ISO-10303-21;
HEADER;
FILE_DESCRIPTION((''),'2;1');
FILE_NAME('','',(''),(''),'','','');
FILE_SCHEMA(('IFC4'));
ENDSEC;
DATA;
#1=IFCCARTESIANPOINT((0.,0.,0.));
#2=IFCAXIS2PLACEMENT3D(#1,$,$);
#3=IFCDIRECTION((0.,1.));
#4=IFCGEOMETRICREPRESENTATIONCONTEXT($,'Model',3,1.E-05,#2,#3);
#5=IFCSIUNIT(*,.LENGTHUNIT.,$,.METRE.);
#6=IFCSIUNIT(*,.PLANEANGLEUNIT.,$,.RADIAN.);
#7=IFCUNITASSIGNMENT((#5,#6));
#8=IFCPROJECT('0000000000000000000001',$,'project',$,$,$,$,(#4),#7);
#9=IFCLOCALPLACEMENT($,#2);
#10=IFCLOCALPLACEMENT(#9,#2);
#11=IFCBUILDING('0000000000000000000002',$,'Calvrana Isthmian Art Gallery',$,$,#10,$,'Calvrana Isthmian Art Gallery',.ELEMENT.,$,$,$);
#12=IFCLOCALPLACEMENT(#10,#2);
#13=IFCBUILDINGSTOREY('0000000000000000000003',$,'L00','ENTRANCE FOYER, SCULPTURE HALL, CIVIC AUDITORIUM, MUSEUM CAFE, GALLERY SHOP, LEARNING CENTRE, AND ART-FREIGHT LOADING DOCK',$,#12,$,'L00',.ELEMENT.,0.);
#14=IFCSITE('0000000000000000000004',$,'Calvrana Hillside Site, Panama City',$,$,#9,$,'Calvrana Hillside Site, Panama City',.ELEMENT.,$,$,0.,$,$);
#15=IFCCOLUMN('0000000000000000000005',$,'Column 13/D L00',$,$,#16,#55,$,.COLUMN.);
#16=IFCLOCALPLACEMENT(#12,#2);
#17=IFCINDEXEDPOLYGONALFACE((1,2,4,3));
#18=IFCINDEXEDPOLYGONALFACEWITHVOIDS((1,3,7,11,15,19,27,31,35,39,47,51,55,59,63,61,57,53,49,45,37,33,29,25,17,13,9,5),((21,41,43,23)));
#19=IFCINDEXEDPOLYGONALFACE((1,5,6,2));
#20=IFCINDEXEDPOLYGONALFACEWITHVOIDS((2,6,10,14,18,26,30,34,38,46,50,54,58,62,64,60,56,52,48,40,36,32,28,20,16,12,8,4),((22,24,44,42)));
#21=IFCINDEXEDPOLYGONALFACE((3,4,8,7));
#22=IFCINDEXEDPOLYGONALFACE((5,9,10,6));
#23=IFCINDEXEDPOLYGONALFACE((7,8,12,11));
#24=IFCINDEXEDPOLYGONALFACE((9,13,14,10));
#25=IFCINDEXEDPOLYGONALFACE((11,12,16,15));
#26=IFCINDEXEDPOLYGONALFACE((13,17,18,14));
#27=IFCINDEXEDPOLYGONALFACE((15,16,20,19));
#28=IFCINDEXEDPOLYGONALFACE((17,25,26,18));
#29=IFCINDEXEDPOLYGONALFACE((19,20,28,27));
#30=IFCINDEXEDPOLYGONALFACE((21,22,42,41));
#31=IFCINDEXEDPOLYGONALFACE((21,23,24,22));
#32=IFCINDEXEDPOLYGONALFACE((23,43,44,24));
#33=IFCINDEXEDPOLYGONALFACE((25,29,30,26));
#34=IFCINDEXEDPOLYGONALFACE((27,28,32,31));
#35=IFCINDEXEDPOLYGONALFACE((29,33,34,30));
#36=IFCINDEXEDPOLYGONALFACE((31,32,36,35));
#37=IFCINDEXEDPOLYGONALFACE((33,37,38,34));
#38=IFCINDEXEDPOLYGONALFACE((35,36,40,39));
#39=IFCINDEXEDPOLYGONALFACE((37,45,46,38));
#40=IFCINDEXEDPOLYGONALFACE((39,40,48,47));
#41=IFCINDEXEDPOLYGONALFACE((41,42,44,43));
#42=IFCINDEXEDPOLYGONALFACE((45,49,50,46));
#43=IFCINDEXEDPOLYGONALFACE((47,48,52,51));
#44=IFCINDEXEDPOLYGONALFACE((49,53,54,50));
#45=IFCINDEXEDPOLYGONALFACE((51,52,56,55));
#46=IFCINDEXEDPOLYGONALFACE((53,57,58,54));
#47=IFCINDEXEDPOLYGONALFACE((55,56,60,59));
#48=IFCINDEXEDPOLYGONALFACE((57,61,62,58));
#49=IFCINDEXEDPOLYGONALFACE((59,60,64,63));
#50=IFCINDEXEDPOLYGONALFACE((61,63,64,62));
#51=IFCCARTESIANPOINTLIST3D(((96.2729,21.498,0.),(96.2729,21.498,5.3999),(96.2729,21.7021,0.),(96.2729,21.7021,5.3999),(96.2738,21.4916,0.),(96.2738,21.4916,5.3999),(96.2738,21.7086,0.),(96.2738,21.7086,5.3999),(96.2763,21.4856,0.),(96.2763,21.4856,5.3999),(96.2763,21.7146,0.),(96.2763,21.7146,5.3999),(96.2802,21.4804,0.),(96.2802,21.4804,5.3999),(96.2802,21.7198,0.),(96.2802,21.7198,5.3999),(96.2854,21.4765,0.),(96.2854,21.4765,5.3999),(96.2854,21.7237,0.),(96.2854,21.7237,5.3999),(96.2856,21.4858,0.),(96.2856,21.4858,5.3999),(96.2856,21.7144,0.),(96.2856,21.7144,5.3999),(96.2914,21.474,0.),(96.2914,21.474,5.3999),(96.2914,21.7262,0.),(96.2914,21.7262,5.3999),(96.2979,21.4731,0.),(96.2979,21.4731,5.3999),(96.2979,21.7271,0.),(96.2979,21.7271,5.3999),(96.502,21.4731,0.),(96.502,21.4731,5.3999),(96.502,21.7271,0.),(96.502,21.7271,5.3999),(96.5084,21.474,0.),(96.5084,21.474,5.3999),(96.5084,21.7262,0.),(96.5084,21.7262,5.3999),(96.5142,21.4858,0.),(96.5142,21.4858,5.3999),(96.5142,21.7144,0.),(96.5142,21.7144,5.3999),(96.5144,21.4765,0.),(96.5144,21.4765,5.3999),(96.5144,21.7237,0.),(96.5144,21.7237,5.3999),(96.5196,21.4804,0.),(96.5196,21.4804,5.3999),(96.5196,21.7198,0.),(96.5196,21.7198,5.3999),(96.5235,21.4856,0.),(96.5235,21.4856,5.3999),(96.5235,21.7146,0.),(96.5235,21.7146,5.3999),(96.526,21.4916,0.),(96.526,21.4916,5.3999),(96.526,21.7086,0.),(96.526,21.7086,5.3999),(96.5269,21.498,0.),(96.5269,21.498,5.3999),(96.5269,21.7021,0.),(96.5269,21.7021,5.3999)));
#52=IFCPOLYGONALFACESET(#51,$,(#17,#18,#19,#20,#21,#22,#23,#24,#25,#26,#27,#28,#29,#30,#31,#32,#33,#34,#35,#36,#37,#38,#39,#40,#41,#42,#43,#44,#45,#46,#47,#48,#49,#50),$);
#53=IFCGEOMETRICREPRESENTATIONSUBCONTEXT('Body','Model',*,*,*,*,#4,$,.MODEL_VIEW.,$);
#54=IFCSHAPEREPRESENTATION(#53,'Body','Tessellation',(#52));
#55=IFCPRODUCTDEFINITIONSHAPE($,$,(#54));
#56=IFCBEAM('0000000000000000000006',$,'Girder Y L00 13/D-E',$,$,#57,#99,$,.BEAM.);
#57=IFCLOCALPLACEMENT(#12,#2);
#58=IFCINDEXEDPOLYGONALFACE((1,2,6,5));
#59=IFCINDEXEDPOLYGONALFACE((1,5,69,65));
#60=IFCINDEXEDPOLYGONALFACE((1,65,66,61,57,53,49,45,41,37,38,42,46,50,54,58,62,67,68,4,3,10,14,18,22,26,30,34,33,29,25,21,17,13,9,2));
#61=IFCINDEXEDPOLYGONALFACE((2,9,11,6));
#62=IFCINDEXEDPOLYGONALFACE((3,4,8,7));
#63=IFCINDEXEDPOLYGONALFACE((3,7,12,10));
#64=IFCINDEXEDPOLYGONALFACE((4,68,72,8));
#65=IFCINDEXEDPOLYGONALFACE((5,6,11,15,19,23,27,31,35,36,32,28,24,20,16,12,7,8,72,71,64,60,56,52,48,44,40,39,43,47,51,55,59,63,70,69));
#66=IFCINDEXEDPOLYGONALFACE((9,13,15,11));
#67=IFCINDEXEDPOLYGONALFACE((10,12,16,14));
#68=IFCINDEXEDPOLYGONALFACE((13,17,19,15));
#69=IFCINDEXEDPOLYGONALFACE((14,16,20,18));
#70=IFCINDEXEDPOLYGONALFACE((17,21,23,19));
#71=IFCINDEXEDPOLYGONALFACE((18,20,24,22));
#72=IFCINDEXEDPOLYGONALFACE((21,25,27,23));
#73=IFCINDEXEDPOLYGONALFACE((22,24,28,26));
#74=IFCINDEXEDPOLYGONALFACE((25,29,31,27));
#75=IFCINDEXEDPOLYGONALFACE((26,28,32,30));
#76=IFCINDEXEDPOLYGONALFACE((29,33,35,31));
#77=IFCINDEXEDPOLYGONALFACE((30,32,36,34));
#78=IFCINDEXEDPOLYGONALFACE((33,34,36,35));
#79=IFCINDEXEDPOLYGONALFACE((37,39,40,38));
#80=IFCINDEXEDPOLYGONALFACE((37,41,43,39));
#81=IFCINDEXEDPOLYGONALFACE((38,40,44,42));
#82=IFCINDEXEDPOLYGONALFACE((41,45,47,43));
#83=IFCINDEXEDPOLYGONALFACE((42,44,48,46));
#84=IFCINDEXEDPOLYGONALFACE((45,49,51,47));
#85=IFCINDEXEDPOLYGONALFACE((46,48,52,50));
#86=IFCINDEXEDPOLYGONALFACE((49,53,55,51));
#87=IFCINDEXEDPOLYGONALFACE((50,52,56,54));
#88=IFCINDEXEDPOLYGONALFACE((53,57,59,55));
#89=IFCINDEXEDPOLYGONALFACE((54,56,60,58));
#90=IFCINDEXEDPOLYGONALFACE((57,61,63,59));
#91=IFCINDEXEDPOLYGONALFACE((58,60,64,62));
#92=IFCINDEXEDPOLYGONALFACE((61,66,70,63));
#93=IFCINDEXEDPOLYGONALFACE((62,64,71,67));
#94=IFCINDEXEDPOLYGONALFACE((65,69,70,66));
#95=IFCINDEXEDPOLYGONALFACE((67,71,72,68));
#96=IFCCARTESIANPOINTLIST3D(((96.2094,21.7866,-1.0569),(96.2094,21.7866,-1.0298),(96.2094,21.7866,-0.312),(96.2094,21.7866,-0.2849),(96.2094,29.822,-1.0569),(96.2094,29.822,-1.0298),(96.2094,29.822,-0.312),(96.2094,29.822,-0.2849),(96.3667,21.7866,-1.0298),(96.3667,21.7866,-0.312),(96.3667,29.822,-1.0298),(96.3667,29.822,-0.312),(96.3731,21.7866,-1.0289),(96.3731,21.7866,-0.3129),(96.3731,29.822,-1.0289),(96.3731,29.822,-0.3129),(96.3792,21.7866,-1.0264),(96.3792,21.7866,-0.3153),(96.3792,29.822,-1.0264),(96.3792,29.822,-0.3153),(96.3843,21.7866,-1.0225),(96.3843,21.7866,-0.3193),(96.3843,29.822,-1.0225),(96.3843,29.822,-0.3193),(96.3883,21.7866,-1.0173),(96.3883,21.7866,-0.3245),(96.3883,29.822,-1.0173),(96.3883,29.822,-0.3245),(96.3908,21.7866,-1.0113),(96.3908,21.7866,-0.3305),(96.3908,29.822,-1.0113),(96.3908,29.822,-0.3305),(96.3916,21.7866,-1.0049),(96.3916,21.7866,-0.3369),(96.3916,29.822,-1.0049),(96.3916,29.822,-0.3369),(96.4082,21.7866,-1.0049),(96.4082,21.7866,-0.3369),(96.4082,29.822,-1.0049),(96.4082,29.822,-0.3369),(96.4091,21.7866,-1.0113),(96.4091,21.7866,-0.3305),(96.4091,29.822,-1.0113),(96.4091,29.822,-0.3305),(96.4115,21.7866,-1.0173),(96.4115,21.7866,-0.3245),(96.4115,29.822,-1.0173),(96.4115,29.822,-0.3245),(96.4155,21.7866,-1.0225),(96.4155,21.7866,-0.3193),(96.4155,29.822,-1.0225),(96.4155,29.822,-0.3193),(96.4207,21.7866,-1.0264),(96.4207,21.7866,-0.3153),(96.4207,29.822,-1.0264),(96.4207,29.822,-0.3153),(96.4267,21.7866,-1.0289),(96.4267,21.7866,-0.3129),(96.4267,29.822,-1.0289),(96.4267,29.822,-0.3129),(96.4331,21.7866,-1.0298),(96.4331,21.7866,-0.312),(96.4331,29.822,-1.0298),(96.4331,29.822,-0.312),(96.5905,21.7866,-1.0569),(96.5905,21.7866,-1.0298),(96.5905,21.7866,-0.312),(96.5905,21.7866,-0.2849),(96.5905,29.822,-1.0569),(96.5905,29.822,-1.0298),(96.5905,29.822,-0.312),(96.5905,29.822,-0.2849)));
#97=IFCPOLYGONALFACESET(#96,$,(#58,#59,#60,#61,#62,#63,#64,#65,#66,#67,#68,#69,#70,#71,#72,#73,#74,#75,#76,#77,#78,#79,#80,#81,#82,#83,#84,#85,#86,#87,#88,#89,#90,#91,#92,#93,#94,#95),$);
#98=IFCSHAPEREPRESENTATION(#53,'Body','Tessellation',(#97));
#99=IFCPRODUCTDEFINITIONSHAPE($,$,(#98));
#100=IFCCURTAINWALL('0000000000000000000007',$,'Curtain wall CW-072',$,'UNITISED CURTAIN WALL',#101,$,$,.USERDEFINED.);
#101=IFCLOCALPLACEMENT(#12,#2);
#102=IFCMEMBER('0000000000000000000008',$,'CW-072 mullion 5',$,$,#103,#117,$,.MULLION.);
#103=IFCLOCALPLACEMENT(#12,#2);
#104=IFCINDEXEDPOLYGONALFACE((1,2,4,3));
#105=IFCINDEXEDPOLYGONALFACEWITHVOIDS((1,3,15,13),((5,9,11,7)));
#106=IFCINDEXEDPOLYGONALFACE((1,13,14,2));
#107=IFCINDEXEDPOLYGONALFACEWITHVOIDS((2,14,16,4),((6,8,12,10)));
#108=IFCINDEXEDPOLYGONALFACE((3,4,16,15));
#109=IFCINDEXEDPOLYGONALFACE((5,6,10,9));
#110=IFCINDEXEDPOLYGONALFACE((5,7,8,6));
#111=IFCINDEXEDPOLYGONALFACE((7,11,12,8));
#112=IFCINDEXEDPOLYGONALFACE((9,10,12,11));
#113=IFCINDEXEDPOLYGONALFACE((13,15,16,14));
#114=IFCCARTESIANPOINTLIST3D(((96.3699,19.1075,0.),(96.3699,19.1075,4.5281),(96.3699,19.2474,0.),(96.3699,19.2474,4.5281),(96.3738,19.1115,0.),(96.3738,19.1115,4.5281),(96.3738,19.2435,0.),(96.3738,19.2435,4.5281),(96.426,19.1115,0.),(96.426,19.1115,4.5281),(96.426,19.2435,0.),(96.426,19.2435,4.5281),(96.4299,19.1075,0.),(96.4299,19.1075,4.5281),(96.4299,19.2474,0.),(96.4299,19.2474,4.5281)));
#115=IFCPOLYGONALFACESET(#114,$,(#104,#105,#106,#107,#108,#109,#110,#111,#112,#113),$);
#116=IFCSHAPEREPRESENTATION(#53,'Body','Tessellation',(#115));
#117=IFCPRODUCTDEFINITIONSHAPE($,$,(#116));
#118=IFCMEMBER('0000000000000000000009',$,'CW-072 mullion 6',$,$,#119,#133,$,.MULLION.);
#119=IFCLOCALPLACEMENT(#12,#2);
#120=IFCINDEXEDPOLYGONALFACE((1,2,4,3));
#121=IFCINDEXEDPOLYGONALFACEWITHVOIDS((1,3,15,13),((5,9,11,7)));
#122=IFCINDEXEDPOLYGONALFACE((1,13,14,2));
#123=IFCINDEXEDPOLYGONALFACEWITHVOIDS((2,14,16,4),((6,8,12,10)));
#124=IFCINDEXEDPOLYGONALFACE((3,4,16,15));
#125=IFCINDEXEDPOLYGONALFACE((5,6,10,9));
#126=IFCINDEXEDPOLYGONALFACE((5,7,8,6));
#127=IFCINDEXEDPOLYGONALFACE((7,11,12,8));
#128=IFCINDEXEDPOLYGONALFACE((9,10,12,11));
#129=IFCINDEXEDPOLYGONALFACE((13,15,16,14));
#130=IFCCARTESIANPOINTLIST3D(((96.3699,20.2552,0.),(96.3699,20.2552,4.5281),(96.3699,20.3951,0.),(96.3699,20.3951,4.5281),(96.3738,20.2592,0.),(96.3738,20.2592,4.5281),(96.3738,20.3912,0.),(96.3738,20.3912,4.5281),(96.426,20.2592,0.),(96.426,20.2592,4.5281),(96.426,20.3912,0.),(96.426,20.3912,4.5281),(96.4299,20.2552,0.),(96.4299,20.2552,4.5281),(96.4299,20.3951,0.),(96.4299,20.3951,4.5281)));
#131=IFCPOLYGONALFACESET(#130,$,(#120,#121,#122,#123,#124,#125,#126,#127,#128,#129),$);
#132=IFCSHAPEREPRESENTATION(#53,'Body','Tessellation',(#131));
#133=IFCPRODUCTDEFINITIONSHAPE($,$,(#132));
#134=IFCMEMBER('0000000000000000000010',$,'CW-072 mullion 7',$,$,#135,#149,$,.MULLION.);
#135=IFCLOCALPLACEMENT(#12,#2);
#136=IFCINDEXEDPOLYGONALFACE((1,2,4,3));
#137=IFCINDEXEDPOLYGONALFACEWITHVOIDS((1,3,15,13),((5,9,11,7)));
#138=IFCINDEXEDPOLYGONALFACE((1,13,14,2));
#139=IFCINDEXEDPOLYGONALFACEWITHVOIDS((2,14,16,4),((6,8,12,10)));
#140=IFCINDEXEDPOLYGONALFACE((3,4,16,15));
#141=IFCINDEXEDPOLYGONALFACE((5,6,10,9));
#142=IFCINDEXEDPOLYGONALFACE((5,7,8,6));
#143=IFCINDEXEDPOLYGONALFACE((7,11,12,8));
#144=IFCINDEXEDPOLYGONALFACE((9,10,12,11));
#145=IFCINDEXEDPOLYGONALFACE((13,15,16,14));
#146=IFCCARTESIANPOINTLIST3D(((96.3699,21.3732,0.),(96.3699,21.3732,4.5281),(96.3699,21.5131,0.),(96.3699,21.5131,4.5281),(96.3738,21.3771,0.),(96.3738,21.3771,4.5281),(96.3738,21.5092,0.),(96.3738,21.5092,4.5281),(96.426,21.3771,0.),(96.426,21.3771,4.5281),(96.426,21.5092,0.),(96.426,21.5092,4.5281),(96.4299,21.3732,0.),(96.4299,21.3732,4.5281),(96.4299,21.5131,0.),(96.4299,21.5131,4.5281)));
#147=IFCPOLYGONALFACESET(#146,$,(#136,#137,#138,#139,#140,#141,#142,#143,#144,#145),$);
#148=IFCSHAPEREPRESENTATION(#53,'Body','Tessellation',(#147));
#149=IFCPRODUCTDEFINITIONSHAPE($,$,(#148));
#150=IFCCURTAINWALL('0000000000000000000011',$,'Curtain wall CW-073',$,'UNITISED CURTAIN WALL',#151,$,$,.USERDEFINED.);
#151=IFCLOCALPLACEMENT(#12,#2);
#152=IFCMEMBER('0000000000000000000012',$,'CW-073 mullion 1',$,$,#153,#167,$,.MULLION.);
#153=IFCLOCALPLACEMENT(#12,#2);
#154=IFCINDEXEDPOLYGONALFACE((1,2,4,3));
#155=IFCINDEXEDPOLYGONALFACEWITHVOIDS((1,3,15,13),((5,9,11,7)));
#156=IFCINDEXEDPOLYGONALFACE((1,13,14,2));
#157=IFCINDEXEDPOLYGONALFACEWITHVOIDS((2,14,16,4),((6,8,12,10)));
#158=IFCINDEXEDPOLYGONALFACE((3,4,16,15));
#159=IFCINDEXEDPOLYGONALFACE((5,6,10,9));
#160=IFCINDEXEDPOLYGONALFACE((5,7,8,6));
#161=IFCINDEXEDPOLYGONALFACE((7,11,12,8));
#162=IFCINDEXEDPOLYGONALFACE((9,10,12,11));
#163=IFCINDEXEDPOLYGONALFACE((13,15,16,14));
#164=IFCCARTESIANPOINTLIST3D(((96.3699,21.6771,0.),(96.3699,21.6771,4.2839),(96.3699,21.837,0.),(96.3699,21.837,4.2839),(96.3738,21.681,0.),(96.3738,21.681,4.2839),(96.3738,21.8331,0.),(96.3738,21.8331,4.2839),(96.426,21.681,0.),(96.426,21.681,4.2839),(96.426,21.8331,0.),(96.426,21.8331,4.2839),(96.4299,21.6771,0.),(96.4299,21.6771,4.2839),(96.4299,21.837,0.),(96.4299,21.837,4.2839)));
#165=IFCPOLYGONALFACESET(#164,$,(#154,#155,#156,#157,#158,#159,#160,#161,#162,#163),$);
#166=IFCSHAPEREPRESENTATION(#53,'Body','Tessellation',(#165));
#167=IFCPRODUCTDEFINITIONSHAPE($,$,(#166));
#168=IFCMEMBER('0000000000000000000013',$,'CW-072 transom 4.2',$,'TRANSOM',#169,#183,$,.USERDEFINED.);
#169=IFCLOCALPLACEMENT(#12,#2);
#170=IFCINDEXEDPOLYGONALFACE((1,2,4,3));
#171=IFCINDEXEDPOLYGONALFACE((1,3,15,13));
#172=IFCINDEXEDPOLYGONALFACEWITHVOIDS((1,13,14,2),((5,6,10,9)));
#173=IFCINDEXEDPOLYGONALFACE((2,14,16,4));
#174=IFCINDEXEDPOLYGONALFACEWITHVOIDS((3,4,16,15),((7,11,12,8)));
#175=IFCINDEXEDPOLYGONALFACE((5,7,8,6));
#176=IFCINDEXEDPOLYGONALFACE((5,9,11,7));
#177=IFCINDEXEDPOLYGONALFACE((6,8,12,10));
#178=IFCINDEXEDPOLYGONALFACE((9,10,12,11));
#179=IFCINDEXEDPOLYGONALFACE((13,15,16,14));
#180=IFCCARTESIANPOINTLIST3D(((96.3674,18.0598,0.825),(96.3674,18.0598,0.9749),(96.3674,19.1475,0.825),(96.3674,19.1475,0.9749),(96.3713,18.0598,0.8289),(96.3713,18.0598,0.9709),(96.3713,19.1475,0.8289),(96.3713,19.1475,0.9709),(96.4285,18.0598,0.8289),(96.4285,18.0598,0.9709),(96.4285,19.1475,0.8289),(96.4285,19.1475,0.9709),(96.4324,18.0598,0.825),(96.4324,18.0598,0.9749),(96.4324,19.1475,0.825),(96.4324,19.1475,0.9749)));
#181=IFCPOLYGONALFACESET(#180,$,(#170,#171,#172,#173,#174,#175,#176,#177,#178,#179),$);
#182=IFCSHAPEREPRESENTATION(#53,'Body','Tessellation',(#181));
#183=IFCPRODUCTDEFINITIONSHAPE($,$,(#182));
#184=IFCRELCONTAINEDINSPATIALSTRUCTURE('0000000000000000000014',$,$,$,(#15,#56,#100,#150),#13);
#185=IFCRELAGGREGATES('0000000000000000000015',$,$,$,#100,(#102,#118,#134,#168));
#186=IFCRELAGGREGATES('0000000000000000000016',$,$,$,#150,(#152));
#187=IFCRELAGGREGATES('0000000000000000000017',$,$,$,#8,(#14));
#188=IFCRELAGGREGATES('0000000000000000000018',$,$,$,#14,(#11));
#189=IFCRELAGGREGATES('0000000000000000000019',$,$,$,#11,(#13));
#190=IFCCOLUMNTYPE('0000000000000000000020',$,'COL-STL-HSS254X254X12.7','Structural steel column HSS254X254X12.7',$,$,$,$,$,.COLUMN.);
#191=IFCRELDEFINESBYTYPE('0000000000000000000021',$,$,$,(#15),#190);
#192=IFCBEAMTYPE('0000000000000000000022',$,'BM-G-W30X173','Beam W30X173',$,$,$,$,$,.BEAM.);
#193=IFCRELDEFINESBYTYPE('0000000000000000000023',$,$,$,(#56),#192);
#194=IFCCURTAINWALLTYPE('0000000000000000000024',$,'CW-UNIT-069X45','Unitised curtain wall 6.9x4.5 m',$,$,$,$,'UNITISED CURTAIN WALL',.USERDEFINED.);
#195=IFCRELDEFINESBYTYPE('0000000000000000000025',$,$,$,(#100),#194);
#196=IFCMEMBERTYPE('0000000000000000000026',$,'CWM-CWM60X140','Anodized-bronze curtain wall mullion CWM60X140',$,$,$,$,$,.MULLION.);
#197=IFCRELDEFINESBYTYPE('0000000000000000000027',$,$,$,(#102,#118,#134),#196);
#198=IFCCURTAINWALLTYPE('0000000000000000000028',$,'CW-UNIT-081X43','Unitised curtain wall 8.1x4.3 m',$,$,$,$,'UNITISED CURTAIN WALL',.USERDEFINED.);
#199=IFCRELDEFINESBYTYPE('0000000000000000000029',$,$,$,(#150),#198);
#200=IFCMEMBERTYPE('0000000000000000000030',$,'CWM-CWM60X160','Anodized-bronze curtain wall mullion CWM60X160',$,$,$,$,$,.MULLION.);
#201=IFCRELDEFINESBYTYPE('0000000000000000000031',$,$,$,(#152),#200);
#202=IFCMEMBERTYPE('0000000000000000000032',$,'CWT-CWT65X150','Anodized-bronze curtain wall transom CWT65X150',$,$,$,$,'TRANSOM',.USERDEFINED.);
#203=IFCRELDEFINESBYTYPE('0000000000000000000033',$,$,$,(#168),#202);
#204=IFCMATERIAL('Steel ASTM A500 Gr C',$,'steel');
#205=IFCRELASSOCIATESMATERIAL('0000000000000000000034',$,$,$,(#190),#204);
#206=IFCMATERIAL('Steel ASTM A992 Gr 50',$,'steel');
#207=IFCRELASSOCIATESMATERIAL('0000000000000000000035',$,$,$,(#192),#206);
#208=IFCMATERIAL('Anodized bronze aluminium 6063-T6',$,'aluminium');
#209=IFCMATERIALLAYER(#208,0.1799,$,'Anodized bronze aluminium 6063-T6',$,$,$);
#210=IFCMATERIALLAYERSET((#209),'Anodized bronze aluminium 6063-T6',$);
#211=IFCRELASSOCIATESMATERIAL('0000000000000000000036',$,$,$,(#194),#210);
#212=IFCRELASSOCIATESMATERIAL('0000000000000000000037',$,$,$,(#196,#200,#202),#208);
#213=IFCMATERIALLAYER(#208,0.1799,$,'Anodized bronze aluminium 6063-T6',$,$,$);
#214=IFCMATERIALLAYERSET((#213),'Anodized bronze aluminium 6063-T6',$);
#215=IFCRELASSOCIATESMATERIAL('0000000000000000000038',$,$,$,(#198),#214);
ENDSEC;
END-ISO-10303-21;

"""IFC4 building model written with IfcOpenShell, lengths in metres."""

from ifc_helpers import new_model, si_unit, direction, frame, origin, origin_2d, place, context, subcontext, project, spatial, hollow_rectangle, i_section, extrude, material, layer, layer_set, material_profile, profile_set, type_object, element, aggregate, save


model = new_model("IFC4")

# Units and contexts
model_context = context("Model", 3, precision=1e-05, world=origin(), true_north=direction((0.0, 1.0)))
body_context = subcontext(model_context, "Body", "Model", "MODEL_VIEW")
ifc_project = project(units=[si_unit("LENGTHUNIT", "METRE"), si_unit("PLANEANGLEUNIT", "RADIAN")], contexts=[model_context])

# Site, building, storey
site_placement = place(None, origin())
site = spatial("IfcSite", under=ifc_project, at=site_placement, Name="Calvrana Hillside Site, Panama City", LongName="Calvrana Hillside Site, Panama City", CompositionType="ELEMENT", RefElevation=0.0)
building_placement = place(site_placement, origin())
building = spatial("IfcBuilding", under=site, at=building_placement, Name="Calvrana Isthmian Art Gallery", LongName="Calvrana Isthmian Art Gallery", CompositionType="ELEMENT")
storey_placement = place(building_placement, origin())
storey = spatial("IfcBuildingStorey", under=building, at=storey_placement, Name="L00", Description="ENTRANCE FOYER, SCULPTURE HALL, CIVIC AUDITORIUM, MUSEUM CAFE, GALLERY SHOP, LEARNING CENTRE, AND ART-FREIGHT LOADING DOCK", LongName="L00", CompositionType="ELEMENT", Elevation=0.0)

# Column
ifc_material_1 = material(Name="Steel ASTM A500 Gr C", Category="steel")
ifc_material_profile_1 = material_profile(ifc_material_1, hollow_rectangle(XDim=0.2539, YDim=0.2539, WallThickness=0.0127, OuterFilletRadius=0.0249, at=origin_2d()), Name="HSS254X254X12.7")
ifc_profile_set_1 = profile_set([ifc_material_profile_1], Name="Steel ASTM A500 Gr C")
column_type = type_object("IfcColumnType", Name="COL-STL-HSS254X254X12.7", Description="Structural steel column HSS254X254X12.7", PredefinedType="COLUMN", material=ifc_profile_set_1)
column_placement = place(storey_placement, frame((96.3999, 21.6001, 0.0), z_axis=(0.0, 0.0, 1.0), x_axis=(1.0, 0.0, 0.0)))
element("IfcColumn", 1, at=column_placement, inside=storey, type_object=column_type, Name="Column 13/D L00", PredefinedType="COLUMN", context=body_context, shape_type="SweptSolid", body=[
    extrude(hollow_rectangle(XDim=0.2539, YDim=0.2539, WallThickness=0.0127, OuterFilletRadius=0.0249, at=origin_2d()), origin(), (0.0, 0.0, 1.0), 5.3999),
])

# Beam
ifc_material_2 = material(Name="Steel ASTM A992 Gr 50", Category="steel")
ifc_material_profile_2 = material_profile(ifc_material_2, i_section(OverallWidth=0.3811, OverallDepth=0.772, WebThickness=0.0166, FlangeThickness=0.0271, FilletRadius=0.0249, at=origin_2d()), Name="W30X173")
ifc_profile_set_2 = profile_set([ifc_material_profile_2], Name="Steel ASTM A992 Gr 50")
beam_type = type_object("IfcBeamType", Name="BM-G-W30X173", Description="Beam W30X173", PredefinedType="BEAM", material=ifc_profile_set_2)
beam_placement = place(storey_placement, frame((96.3999, 21.7866, -0.6709), z_axis=(0.0, 1.0, 0.0), x_axis=(-1.0, 0.0, 0.0)))
element("IfcBeam", 2, at=beam_placement, inside=storey, type_object=beam_type, Name="Girder Y L00 13/D-E", PredefinedType="BEAM", context=body_context, shape_type="SweptSolid", body=[
    extrude(i_section(OverallWidth=0.3811, OverallDepth=0.772, WebThickness=0.0166, FlangeThickness=0.0271, FilletRadius=0.0249, at=origin_2d()), origin(), (0.0, 0.0, 1.0), 8.0354),
])

# Curtain wall, members
ifc_material_3 = material(Name="Anodized bronze aluminium 6063-T6", Category="aluminium")
ifc_layer_1 = layer(ifc_material_3, 0.1799, Name="Anodized bronze aluminium 6063-T6")
ifc_layer_set_1 = layer_set([ifc_layer_1], Name="Anodized bronze aluminium 6063-T6")
curtain_wall_type_1 = type_object("IfcCurtainWallType", Name="CW-UNIT-069X45", Description="Unitised curtain wall 6.9x4.5 m", ElementType="UNITISED CURTAIN WALL", PredefinedType="USERDEFINED", material=ifc_layer_set_1)
curtain_wall_1_placement = place(storey_placement, origin())
curtain_wall_1 = element("IfcCurtainWall", 3, at=curtain_wall_1_placement, inside=storey, type_object=curtain_wall_type_1, Name="Curtain wall CW-072", ObjectType="UNITISED CURTAIN WALL", PredefinedType="USERDEFINED")
ifc_material_profile_3 = material_profile(ifc_material_3, hollow_rectangle(XDim=0.0601, YDim=0.1399, WallThickness=0.0039, at=origin_2d()), Name="CWM60X140")
ifc_profile_set_3 = profile_set([ifc_material_profile_3], Name="Anodized bronze aluminium 6063-T6")
member_type_1 = type_object("IfcMemberType", Name="CWM-CWM60X140", Description="Anodized-bronze curtain wall mullion CWM60X140", PredefinedType="MULLION", material=ifc_profile_set_3)
member_1_placement = place(storey_placement, frame((96.3999, 19.1775, 0.0), z_axis=(0.0, 0.0, 1.0), x_axis=(-1.0, 0.0, 0.0)))
member_1 = element("IfcMember", 4, at=member_1_placement, type_object=member_type_1, Name="CW-072 mullion 5", PredefinedType="MULLION", context=body_context, shape_type="SweptSolid", body=[
    extrude(hollow_rectangle(XDim=0.0601, YDim=0.1399, WallThickness=0.0039, at=origin_2d()), origin(), (0.0, 0.0, 1.0), 4.5281),
])
member_2_placement = place(storey_placement, frame((96.3999, 20.3252, 0.0), z_axis=(0.0, 0.0, 1.0), x_axis=(-1.0, 0.0, 0.0)))
member_2 = element("IfcMember", 5, at=member_2_placement, type_object=member_type_1, Name="CW-072 mullion 6", PredefinedType="MULLION", context=body_context, shape_type="SweptSolid", body=[
    extrude(hollow_rectangle(XDim=0.0601, YDim=0.1399, WallThickness=0.0039, at=origin_2d()), origin(), (0.0, 0.0, 1.0), 4.5281),
])
member_3_placement = place(storey_placement, frame((96.3999, 21.4431, 0.0), z_axis=(0.0, 0.0, 1.0), x_axis=(-1.0, 0.0, 0.0)))
member_3 = element("IfcMember", 6, at=member_3_placement, type_object=member_type_1, Name="CW-072 mullion 7", PredefinedType="MULLION", context=body_context, shape_type="SweptSolid", body=[
    extrude(hollow_rectangle(XDim=0.0601, YDim=0.1399, WallThickness=0.0039, at=origin_2d()), origin(), (0.0, 0.0, 1.0), 4.5281),
])

# Curtain wall, member
ifc_layer_2 = layer(ifc_material_3, 0.1799, Name="Anodized bronze aluminium 6063-T6")
ifc_layer_set_2 = layer_set([ifc_layer_2], Name="Anodized bronze aluminium 6063-T6")
curtain_wall_type_2 = type_object("IfcCurtainWallType", Name="CW-UNIT-081X43", Description="Unitised curtain wall 8.1x4.3 m", ElementType="UNITISED CURTAIN WALL", PredefinedType="USERDEFINED", material=ifc_layer_set_2)
curtain_wall_2_placement = place(storey_placement, origin())
curtain_wall_2 = element("IfcCurtainWall", 7, at=curtain_wall_2_placement, inside=storey, type_object=curtain_wall_type_2, Name="Curtain wall CW-073", ObjectType="UNITISED CURTAIN WALL", PredefinedType="USERDEFINED")
ifc_material_profile_4 = material_profile(ifc_material_3, hollow_rectangle(XDim=0.0601, YDim=0.1599, WallThickness=0.0039, at=origin_2d()), Name="CWM60X160")
ifc_profile_set_4 = profile_set([ifc_material_profile_4], Name="Anodized bronze aluminium 6063-T6")
member_type_2 = type_object("IfcMemberType", Name="CWM-CWM60X160", Description="Anodized-bronze curtain wall mullion CWM60X160", PredefinedType="MULLION", material=ifc_profile_set_4)
member_4_placement = place(storey_placement, frame((96.3999, 21.7571, 0.0), z_axis=(0.0, 0.0, 1.0), x_axis=(-1.0, 0.0, 0.0)))
member_4 = element("IfcMember", 8, at=member_4_placement, type_object=member_type_2, Name="CW-073 mullion 1", PredefinedType="MULLION", context=body_context, shape_type="SweptSolid", body=[
    extrude(hollow_rectangle(XDim=0.0601, YDim=0.1599, WallThickness=0.0039, at=origin_2d()), origin(), (0.0, 0.0, 1.0), 4.2839),
])

# Member
ifc_material_profile_5 = material_profile(ifc_material_3, hollow_rectangle(XDim=0.0649, YDim=0.1499, WallThickness=0.0039, at=origin_2d()), Name="CWT65X150")
ifc_profile_set_5 = profile_set([ifc_material_profile_5], Name="Anodized bronze aluminium 6063-T6")
member_type_3 = type_object("IfcMemberType", Name="CWT-CWT65X150", Description="Anodized-bronze curtain wall transom CWT65X150", ElementType="TRANSOM", PredefinedType="USERDEFINED", material=ifc_profile_set_5)
member_5_placement = place(storey_placement, frame((96.3999, 18.0598, 0.8999), z_axis=(0.0, 1.0, 0.0), x_axis=(-1.0, 0.0, 0.0)))
member_5 = element("IfcMember", 9, at=member_5_placement, type_object=member_type_3, Name="CW-072 transom 4.2", ObjectType="TRANSOM", PredefinedType="USERDEFINED", context=body_context, shape_type="SweptSolid", body=[
    extrude(hollow_rectangle(XDim=0.0649, YDim=0.1499, WallThickness=0.0039, at=origin_2d()), origin(), (0.0, 0.0, 1.0), 1.0876),
])

aggregate(curtain_wall_1, [member_1, member_2, member_3, member_5])
aggregate(curtain_wall_2, [member_4])

save(model, "model.ifc")
